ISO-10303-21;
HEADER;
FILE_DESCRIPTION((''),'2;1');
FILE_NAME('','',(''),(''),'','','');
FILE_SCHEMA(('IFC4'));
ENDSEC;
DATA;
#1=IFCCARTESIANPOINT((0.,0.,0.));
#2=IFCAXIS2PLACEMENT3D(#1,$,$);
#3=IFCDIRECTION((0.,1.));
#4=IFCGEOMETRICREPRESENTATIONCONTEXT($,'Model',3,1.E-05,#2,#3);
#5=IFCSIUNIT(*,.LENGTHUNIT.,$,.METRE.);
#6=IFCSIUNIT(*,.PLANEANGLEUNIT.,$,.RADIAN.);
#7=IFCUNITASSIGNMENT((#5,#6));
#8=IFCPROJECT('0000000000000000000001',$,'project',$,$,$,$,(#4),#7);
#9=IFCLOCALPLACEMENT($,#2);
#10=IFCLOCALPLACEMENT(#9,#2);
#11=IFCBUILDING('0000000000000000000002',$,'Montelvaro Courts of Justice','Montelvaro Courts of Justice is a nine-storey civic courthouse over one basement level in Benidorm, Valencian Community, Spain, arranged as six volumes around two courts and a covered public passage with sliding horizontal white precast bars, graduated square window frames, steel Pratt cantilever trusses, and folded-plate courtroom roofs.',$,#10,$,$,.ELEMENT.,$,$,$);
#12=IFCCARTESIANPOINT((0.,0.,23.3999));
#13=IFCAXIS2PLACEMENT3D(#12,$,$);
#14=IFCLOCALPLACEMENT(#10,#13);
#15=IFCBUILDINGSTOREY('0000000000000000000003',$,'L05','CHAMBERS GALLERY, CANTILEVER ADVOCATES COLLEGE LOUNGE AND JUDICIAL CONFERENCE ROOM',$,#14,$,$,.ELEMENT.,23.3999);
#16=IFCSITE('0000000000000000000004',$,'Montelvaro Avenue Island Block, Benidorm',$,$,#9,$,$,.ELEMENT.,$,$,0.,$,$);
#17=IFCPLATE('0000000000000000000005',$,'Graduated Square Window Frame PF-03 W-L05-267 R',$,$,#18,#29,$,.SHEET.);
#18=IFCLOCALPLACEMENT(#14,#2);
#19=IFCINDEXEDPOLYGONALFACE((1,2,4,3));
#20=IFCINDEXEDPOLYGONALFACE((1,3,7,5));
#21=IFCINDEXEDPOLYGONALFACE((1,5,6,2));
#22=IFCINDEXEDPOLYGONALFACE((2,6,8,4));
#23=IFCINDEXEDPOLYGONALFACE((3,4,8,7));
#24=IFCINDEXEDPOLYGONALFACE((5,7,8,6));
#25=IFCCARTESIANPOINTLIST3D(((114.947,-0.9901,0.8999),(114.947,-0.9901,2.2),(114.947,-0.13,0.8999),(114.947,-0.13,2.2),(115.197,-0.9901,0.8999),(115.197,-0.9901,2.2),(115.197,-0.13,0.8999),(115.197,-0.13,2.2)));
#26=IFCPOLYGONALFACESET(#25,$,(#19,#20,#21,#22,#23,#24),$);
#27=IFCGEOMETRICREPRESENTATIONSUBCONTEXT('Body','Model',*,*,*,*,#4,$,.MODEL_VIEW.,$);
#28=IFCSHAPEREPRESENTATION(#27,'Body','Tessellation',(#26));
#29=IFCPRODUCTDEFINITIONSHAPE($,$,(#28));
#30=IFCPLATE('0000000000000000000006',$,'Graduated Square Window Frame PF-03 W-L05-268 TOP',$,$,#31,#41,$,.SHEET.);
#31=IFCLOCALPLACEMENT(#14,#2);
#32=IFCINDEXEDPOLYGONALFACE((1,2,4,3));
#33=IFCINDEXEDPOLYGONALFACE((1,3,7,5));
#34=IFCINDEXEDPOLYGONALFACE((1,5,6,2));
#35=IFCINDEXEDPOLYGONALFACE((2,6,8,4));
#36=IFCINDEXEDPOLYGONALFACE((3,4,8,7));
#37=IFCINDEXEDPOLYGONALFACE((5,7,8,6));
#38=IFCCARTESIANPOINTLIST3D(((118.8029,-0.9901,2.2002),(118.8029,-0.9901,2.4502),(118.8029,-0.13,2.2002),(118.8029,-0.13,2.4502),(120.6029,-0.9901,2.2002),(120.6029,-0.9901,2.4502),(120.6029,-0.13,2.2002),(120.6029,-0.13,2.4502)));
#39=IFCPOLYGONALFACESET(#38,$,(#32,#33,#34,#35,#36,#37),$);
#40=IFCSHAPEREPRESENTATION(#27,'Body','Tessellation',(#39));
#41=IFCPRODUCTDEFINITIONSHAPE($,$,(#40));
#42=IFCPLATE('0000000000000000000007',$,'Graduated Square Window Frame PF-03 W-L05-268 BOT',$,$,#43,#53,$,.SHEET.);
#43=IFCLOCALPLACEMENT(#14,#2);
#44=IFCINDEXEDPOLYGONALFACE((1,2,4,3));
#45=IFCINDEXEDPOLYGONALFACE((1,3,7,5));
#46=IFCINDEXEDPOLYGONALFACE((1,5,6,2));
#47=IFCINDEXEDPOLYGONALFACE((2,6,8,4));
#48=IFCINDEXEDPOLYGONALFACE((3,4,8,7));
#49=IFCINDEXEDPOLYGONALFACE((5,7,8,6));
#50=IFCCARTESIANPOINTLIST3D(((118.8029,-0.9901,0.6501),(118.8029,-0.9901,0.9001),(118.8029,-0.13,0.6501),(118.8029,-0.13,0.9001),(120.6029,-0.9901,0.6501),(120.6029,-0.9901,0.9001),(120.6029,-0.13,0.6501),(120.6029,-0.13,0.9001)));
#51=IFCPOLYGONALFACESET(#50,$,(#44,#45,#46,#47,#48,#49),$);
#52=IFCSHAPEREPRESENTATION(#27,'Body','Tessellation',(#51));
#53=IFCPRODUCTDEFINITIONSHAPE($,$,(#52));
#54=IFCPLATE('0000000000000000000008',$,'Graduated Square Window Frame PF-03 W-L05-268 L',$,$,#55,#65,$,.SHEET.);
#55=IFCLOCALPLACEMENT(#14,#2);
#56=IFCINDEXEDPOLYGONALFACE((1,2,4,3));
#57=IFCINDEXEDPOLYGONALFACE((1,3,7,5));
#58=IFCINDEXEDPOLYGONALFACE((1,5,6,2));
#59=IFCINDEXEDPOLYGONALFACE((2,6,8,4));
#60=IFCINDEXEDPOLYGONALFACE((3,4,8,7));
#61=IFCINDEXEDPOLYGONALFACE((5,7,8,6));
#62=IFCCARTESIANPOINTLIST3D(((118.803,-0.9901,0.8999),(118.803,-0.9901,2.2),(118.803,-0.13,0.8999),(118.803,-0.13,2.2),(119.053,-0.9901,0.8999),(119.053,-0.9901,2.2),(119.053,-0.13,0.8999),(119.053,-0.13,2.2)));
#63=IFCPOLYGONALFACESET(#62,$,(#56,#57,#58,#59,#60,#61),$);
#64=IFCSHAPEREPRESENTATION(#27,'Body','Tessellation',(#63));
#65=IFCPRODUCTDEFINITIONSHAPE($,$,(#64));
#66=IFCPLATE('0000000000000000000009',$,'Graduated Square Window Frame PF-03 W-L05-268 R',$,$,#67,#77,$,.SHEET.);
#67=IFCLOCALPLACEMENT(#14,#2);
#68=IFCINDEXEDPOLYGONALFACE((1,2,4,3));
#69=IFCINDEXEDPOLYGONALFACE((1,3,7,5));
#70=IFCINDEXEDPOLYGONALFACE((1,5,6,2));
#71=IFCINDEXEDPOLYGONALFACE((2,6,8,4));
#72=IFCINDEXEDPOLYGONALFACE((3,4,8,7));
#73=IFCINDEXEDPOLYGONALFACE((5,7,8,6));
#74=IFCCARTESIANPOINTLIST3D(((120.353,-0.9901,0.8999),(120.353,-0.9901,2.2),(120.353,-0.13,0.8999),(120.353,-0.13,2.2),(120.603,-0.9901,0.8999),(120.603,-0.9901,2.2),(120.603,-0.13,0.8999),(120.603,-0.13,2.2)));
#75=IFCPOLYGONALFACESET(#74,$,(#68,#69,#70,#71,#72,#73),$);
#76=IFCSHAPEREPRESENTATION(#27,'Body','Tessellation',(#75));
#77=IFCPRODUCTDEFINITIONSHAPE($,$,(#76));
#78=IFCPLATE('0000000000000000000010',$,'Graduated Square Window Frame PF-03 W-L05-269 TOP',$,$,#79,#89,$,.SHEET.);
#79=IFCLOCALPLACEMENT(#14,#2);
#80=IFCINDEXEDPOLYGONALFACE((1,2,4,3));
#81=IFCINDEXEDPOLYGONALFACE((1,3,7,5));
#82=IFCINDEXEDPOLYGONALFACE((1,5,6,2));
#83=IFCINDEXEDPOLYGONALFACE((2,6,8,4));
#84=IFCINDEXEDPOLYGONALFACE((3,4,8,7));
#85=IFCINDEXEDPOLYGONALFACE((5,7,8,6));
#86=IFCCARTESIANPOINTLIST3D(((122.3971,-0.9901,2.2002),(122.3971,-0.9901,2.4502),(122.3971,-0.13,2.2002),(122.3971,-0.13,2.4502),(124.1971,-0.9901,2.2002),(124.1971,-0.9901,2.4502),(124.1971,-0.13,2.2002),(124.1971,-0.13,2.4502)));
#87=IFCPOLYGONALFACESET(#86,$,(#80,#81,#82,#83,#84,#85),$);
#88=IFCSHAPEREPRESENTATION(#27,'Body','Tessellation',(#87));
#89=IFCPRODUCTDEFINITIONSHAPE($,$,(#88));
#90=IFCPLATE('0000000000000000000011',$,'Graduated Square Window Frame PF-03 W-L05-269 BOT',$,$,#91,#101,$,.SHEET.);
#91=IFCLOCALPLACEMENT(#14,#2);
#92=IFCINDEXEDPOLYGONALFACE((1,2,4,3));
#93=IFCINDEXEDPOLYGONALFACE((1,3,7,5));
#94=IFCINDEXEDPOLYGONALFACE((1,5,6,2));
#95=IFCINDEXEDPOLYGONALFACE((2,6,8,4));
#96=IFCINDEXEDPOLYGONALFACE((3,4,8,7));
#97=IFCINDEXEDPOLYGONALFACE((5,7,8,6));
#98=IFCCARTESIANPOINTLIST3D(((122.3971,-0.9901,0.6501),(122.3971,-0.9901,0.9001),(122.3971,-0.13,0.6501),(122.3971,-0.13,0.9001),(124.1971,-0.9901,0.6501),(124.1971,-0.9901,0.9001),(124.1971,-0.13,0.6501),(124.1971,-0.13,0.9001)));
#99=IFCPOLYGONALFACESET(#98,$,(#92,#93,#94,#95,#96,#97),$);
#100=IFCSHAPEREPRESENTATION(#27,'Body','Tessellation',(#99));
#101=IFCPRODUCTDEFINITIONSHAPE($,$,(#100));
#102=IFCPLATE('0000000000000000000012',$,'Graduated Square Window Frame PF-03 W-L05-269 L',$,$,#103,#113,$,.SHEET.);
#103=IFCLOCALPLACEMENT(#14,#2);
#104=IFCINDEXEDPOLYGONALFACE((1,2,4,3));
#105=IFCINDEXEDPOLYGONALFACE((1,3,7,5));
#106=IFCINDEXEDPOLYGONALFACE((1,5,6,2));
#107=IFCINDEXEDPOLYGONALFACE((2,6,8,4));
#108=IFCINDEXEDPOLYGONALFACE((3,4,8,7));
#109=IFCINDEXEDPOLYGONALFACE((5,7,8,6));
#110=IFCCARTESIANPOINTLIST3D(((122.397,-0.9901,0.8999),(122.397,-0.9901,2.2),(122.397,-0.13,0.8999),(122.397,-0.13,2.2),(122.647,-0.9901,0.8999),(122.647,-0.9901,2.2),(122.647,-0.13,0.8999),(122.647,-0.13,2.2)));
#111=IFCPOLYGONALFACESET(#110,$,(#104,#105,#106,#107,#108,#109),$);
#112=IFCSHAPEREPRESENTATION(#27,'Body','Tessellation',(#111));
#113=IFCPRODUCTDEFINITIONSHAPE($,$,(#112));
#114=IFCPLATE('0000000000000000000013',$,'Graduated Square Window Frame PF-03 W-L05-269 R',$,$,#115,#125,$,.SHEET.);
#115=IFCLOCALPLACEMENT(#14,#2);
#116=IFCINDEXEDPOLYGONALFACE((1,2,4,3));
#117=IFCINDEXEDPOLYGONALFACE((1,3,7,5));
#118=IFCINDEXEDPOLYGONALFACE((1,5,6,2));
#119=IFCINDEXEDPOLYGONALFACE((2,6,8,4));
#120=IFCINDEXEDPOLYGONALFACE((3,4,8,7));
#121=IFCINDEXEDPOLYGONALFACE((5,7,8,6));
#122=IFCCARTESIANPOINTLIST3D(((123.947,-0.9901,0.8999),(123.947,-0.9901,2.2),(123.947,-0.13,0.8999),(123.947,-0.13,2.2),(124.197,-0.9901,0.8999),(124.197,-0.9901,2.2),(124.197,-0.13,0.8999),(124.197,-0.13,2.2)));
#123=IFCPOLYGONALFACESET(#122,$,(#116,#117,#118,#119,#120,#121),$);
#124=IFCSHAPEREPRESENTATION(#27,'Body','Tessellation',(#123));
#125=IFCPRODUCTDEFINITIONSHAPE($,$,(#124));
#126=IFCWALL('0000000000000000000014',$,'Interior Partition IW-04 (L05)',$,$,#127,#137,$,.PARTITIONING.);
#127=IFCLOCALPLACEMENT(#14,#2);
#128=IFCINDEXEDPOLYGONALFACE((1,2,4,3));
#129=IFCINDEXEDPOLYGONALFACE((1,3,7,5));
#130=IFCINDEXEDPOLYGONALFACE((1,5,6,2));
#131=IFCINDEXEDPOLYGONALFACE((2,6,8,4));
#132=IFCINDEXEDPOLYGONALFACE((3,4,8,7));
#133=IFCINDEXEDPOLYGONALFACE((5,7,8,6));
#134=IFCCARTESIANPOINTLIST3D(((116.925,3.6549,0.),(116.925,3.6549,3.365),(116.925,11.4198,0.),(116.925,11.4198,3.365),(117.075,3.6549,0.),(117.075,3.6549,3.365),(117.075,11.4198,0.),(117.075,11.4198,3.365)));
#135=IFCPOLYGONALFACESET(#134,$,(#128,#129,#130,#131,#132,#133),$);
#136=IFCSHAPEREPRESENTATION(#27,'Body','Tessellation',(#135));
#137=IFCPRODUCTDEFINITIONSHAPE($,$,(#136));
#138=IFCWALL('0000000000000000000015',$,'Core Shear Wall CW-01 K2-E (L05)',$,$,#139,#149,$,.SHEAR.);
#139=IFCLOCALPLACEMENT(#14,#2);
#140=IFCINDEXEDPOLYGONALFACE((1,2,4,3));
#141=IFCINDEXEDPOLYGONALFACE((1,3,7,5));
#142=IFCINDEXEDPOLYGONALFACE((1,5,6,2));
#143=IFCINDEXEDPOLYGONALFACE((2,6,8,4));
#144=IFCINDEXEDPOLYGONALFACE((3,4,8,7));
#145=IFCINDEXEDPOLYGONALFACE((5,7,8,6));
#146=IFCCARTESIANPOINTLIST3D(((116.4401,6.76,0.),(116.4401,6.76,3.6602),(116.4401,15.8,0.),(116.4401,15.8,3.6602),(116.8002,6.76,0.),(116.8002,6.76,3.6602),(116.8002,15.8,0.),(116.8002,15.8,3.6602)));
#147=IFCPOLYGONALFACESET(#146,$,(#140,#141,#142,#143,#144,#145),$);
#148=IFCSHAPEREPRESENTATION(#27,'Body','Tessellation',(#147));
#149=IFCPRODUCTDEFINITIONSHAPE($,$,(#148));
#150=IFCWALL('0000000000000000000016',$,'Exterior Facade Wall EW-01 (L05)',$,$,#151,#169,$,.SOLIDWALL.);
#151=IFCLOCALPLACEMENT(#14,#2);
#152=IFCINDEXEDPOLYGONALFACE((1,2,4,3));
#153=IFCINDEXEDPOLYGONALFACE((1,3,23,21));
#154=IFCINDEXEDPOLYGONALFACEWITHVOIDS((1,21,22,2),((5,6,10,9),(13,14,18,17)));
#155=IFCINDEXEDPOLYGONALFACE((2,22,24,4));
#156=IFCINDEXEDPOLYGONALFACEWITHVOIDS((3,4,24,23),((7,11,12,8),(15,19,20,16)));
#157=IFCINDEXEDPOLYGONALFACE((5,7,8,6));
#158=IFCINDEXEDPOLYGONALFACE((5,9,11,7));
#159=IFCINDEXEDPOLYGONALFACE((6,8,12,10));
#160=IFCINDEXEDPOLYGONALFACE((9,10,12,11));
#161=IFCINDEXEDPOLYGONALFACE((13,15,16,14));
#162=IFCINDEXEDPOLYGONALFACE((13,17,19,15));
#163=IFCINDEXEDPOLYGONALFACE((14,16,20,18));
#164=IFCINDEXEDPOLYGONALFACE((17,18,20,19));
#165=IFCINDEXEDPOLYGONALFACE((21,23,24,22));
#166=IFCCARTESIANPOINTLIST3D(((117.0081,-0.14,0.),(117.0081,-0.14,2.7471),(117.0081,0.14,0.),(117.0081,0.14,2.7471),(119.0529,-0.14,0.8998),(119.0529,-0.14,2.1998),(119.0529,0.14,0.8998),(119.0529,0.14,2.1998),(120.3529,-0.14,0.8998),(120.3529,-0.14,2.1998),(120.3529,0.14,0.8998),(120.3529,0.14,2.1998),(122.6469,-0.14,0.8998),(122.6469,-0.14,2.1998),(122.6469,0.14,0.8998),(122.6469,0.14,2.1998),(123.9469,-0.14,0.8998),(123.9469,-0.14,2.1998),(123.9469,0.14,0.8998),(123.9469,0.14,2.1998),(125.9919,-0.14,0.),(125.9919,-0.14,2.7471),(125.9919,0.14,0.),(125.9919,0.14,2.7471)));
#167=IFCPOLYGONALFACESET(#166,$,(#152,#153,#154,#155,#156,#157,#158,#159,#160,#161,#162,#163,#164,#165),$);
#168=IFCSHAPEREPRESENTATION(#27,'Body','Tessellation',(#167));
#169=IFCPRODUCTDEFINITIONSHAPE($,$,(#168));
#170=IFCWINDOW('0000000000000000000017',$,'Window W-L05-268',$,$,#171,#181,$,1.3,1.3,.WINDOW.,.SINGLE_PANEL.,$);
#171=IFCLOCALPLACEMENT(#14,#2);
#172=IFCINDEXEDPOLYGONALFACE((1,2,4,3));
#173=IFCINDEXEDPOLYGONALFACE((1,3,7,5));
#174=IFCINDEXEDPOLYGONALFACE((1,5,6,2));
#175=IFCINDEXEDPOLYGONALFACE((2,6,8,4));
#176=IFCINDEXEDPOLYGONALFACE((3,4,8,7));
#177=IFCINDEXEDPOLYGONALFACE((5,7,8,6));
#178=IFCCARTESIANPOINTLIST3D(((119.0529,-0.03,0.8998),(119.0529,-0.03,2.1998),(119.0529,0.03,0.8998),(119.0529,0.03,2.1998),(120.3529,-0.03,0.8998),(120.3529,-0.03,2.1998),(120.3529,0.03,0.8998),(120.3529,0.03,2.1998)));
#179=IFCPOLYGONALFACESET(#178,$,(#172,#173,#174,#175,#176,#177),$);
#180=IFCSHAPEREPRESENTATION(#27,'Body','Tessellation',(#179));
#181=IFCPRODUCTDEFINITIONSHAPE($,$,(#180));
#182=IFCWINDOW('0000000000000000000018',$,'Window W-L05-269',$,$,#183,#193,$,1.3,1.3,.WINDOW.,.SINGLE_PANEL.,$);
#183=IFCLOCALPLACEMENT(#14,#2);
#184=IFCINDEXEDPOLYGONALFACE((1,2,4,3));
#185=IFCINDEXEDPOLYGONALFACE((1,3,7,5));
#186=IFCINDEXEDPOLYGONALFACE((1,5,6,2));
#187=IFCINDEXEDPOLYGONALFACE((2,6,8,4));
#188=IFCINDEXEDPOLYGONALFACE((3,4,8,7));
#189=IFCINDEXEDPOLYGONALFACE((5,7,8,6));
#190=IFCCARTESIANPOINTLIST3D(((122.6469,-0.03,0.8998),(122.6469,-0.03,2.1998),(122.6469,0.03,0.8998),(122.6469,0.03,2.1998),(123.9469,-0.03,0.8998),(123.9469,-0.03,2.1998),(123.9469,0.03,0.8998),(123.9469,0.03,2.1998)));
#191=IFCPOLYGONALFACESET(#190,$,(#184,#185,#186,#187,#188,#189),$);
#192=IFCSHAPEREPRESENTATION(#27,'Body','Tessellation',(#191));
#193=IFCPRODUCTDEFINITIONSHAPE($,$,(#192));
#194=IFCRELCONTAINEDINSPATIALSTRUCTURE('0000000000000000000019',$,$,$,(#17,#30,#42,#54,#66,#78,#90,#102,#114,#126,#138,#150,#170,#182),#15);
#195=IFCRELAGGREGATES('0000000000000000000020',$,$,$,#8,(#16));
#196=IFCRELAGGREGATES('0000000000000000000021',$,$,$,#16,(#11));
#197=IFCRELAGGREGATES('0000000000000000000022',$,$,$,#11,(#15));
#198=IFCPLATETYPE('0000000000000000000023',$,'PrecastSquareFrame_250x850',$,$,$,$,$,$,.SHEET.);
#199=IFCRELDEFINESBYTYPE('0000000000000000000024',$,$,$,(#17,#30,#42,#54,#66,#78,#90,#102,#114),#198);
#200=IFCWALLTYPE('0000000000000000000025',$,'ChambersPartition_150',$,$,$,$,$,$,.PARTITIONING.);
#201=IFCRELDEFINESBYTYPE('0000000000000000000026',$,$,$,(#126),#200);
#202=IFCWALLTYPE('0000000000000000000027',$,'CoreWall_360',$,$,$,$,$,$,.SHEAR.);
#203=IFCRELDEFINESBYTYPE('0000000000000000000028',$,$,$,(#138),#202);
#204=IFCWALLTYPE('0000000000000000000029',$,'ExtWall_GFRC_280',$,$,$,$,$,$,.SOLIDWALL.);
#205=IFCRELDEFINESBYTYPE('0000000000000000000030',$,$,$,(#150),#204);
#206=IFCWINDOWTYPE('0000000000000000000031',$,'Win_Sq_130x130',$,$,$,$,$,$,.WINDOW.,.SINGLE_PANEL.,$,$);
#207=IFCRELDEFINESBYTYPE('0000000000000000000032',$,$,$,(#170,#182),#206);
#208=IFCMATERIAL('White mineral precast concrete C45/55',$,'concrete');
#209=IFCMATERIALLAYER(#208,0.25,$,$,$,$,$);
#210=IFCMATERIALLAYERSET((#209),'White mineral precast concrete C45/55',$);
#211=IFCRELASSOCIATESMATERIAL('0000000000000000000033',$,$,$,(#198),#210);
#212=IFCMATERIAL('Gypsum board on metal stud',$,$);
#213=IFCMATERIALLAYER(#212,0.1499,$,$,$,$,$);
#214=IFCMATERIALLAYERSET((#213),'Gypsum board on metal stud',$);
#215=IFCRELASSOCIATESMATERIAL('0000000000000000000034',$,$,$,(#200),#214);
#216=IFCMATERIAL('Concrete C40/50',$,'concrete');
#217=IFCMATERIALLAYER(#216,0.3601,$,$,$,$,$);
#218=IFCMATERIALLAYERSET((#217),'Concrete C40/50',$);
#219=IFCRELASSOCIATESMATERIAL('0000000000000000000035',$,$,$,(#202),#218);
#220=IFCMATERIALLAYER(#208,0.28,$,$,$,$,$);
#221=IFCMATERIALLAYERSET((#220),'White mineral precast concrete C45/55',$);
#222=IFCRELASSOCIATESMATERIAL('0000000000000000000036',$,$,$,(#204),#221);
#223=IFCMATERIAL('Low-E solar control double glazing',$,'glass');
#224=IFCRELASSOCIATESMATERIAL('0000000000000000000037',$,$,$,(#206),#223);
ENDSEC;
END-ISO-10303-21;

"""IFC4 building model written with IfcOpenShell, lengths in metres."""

from ifc_helpers import new_model, si_unit, direction, frame, frame_2d, origin, origin_2d, place, context, subcontext, project, spatial, rectangle, extrude, material, layer, layer_set, type_object, element, fill, save


model = new_model("IFC4")

# Units and contexts
model_context = context("Model", 3, precision=1e-05, world=origin(), true_north=direction((0.0, 1.0)))
body_context = subcontext(model_context, "Body", "Model", "MODEL_VIEW")
ifc_project = project(units=[si_unit("LENGTHUNIT", "METRE"), si_unit("PLANEANGLEUNIT", "RADIAN")], contexts=[model_context])

# Site, building, storey
site_placement = place(None, origin())
site = spatial("IfcSite", under=ifc_project, at=site_placement, Name="Montelvaro Avenue Island Block, Benidorm", CompositionType="ELEMENT", RefElevation=0.0)
building_placement = place(site_placement, origin())
building = spatial("IfcBuilding", under=site, at=building_placement, Name="Montelvaro Courts of Justice", Description="Montelvaro Courts of Justice is a nine-storey civic courthouse over one basement level in Benidorm, Valencian Community, Spain, arranged as six volumes around two courts and a covered public passage with sliding horizontal white precast bars, graduated square window frames, steel Pratt cantilever trusses, and folded-plate courtroom roofs.", CompositionType="ELEMENT")
storey_placement = place(building_placement, frame((0.0, 0.0, 23.3999)))
storey = spatial("IfcBuildingStorey", under=building, at=storey_placement, Name="L05", Description="CHAMBERS GALLERY, CANTILEVER ADVOCATES COLLEGE LOUNGE AND JUDICIAL CONFERENCE ROOM", CompositionType="ELEMENT", Elevation=23.3999)

# Plates
ifc_material_1 = material(Name="White mineral precast concrete C45/55", Category="concrete")
ifc_layer_1 = layer(ifc_material_1, 0.25)
ifc_layer_set_1 = layer_set([ifc_layer_1], Name="White mineral precast concrete C45/55")
plate_type = type_object("IfcPlateType", Name="PrecastSquareFrame_250x850", PredefinedType="SHEET", material=ifc_layer_set_1)
plate_placement = place(storey_placement, frame((115.072, -0.5601, 0.8999), z_axis=(0.0, 0.0, 1.0), x_axis=(1.0, 0.0, 0.0)))
element("IfcPlate", 1, at=plate_placement, inside=storey, type_object=plate_type, Name="Graduated Square Window Frame PF-03 W-L05-267 R", PredefinedType="SHEET", context=body_context, shape_type="SweptSolid", body=[
    extrude(rectangle(XDim=0.25, YDim=0.8601, at=origin_2d()), origin(), (0.0, 0.0, 1.0), 1.3),
])
for number, where, z_axis, x_axis, name in (
    (2, (119.7029, -0.5601, 2.2002), (0.0, 0.0, 1.0), (1.0, 0.0, 0.0), "Graduated Square Window Frame PF-03 W-L05-268 TOP"),
    (3, (119.7029, -0.5601, 0.6501), (0.0, 0.0, 1.0), (1.0, 0.0, 0.0), "Graduated Square Window Frame PF-03 W-L05-268 BOT"),
):
    element("IfcPlate", number, at=place(storey_placement, frame(where, z_axis=z_axis, x_axis=x_axis)), inside=storey, type_object=plate_type, Name=name, PredefinedType="SHEET", context=body_context, shape_type="SweptSolid", body=[
        extrude(rectangle(XDim=1.8, YDim=0.8601, at=origin_2d()), origin(), (0.0, 0.0, 1.0), 0.25),
    ])
for number, where, z_axis, x_axis, name in (
    (4, (118.928, -0.5601, 0.8999), (0.0, 0.0, 1.0), (1.0, 0.0, 0.0), "Graduated Square Window Frame PF-03 W-L05-268 L"),
    (5, (120.478, -0.5601, 0.8999), (0.0, 0.0, 1.0), (1.0, 0.0, 0.0), "Graduated Square Window Frame PF-03 W-L05-268 R"),
):
    element("IfcPlate", number, at=place(storey_placement, frame(where, z_axis=z_axis, x_axis=x_axis)), inside=storey, type_object=plate_type, Name=name, PredefinedType="SHEET", context=body_context, shape_type="SweptSolid", body=[
        extrude(rectangle(XDim=0.25, YDim=0.8601, at=origin_2d()), origin(), (0.0, 0.0, 1.0), 1.3),
    ])
for number, where, z_axis, x_axis, name in (
    (6, (123.2971, -0.5601, 2.2002), (0.0, 0.0, 1.0), (1.0, 0.0, 0.0), "Graduated Square Window Frame PF-03 W-L05-269 TOP"),
    (7, (123.2971, -0.5601, 0.6501), (0.0, 0.0, 1.0), (1.0, 0.0, 0.0), "Graduated Square Window Frame PF-03 W-L05-269 BOT"),
):
    element("IfcPlate", number, at=place(storey_placement, frame(where, z_axis=z_axis, x_axis=x_axis)), inside=storey, type_object=plate_type, Name=name, PredefinedType="SHEET", context=body_context, shape_type="SweptSolid", body=[
        extrude(rectangle(XDim=1.8, YDim=0.8601, at=origin_2d()), origin(), (0.0, 0.0, 1.0), 0.25),
    ])
for number, where, z_axis, x_axis, name in (
    (8, (122.522, -0.5601, 0.8999), (0.0, 0.0, 1.0), (1.0, 0.0, 0.0), "Graduated Square Window Frame PF-03 W-L05-269 L"),
    (9, (124.072, -0.5601, 0.8999), (0.0, 0.0, 1.0), (1.0, 0.0, 0.0), "Graduated Square Window Frame PF-03 W-L05-269 R"),
):
    element("IfcPlate", number, at=place(storey_placement, frame(where, z_axis=z_axis, x_axis=x_axis)), inside=storey, type_object=plate_type, Name=name, PredefinedType="SHEET", context=body_context, shape_type="SweptSolid", body=[
        extrude(rectangle(XDim=0.25, YDim=0.8601, at=origin_2d()), origin(), (0.0, 0.0, 1.0), 1.3),
    ])

# Walls
ifc_material_2 = material(Name="Gypsum board on metal stud")
ifc_layer_2 = layer(ifc_material_2, 0.1499)
ifc_layer_set_2 = layer_set([ifc_layer_2], Name="Gypsum board on metal stud")
wall_type_1 = type_object("IfcWallType", Name="ChambersPartition_150", PredefinedType="PARTITIONING", material=ifc_layer_set_2)
wall_1_placement = place(storey_placement, frame((117.0, 3.655, 0.0), z_axis=(0.0, 0.0, 1.0), x_axis=(0.0, 1.0, 0.0)))
element("IfcWall", 10, at=wall_1_placement, inside=storey, type_object=wall_type_1, Name="Interior Partition IW-04 (L05)", PredefinedType="PARTITIONING", context=body_context, shape_type="SweptSolid", body=[
    extrude(rectangle(XDim=7.7649, YDim=0.1499, at=frame_2d((3.8823, 0.0))), origin(), (0.0, 0.0, 1.0), 3.365),
])
ifc_material_3 = material(Name="Concrete C40/50", Category="concrete")
ifc_layer_3 = layer(ifc_material_3, 0.3601)
ifc_layer_set_3 = layer_set([ifc_layer_3], Name="Concrete C40/50")
wall_type_2 = type_object("IfcWallType", Name="CoreWall_360", PredefinedType="SHEAR", material=ifc_layer_set_3)
wall_2_placement = place(storey_placement, frame((116.6201, 6.76, 0.0), z_axis=(0.0, 0.0, 1.0), x_axis=(0.0, 1.0, 0.0)))
element("IfcWall", 11, at=wall_2_placement, inside=storey, type_object=wall_type_2, Name="Core Shear Wall CW-01 K2-E (L05)", PredefinedType="SHEAR", context=body_context, shape_type="SweptSolid", body=[
    extrude(rectangle(XDim=9.04, YDim=0.3601, at=frame_2d((4.52, 0.0))), origin(), (0.0, 0.0, 1.0), 3.6602),
])

# Wall, openings, windows
ifc_layer_4 = layer(ifc_material_1, 0.28)
ifc_layer_set_4 = layer_set([ifc_layer_4], Name="White mineral precast concrete C45/55")
wall_type_3 = type_object("IfcWallType", Name="ExtWall_GFRC_280", PredefinedType="SOLIDWALL", material=ifc_layer_set_4)
wall_3_placement = place(storey_placement, frame((117.0081, 0.0, 0.0), z_axis=(0.0, 0.0, 1.0), x_axis=(1.0, 0.0, 0.0)))
wall_3 = element("IfcWall", 12, at=wall_3_placement, inside=storey, type_object=wall_type_3, Name="Exterior Facade Wall EW-01 (L05)", PredefinedType="SOLIDWALL", context=body_context, shape_type="SweptSolid", body=[
    extrude(rectangle(XDim=8.9839, YDim=0.28, at=frame_2d((4.4919, 0.0))), origin(), (0.0, 0.0, 1.0), 2.7471),
])
opening_1_placement = place(wall_3_placement, frame((2.0449, 0.0, 0.8999)))
opening_1 = element("IfcOpeningElement", 13, at=opening_1_placement, cuts=wall_3, PredefinedType="OPENING", context=body_context, shape_type="SweptSolid", body=[
    extrude(rectangle(XDim=1.3, YDim=1.3, at=frame_2d((0.6499, 0.6499))), frame((0.0, 0.1548, 0.0), z_axis=(0.0, -1.0, 0.0), x_axis=(1.0, 0.0, 0.0)), (0.0, 0.0, 1.0), 0.3098),
])
opening_2_placement = place(wall_3_placement, frame((5.6389, 0.0, 0.8999)))
opening_2 = element("IfcOpeningElement", 14, at=opening_2_placement, cuts=wall_3, PredefinedType="OPENING", context=body_context, shape_type="SweptSolid", body=[
    extrude(rectangle(XDim=1.3, YDim=1.3, at=frame_2d((0.6499, 0.6499))), frame((0.0, 0.1548, 0.0), z_axis=(0.0, -1.0, 0.0), x_axis=(1.0, 0.0, 0.0)), (0.0, 0.0, 1.0), 0.3098),
])
ifc_material_4 = material(Name="Low-E solar control double glazing", Category="glass")
window_type = type_object("IfcWindowType", Name="Win_Sq_130x130", PartitioningType="SINGLE_PANEL", PredefinedType="WINDOW", material=ifc_material_4)
window_1_placement = place(opening_1_placement, origin())
window_1 = element("IfcWindow", 15, at=window_1_placement, inside=storey, type_object=window_type, Name="Window W-L05-268", OverallHeight=1.3, OverallWidth=1.3, PartitioningType="SINGLE_PANEL", PredefinedType="WINDOW", context=body_context, shape_type="SweptSolid", body=[
    extrude(rectangle(XDim=1.3, YDim=1.3, at=frame_2d((0.6499, 0.6499))), frame((0.0, 0.03, 0.0), z_axis=(0.0, -1.0, 0.0), x_axis=(1.0, 0.0, 0.0)), (0.0, 0.0, 1.0), 0.0601),
])
fill(opening_1, window_1)
window_2_placement = place(opening_2_placement, origin())
window_2 = element("IfcWindow", 16, at=window_2_placement, inside=storey, type_object=window_type, Name="Window W-L05-269", OverallHeight=1.3, OverallWidth=1.3, PartitioningType="SINGLE_PANEL", PredefinedType="WINDOW", context=body_context, shape_type="SweptSolid", body=[
    extrude(rectangle(XDim=1.3, YDim=1.3, at=frame_2d((0.6499, 0.6499))), frame((0.0, 0.03, 0.0), z_axis=(0.0, -1.0, 0.0), x_axis=(1.0, 0.0, 0.0)), (0.0, 0.0, 1.0), 0.0601),
])
fill(opening_2, window_2)

save(model, "model.ifc")
